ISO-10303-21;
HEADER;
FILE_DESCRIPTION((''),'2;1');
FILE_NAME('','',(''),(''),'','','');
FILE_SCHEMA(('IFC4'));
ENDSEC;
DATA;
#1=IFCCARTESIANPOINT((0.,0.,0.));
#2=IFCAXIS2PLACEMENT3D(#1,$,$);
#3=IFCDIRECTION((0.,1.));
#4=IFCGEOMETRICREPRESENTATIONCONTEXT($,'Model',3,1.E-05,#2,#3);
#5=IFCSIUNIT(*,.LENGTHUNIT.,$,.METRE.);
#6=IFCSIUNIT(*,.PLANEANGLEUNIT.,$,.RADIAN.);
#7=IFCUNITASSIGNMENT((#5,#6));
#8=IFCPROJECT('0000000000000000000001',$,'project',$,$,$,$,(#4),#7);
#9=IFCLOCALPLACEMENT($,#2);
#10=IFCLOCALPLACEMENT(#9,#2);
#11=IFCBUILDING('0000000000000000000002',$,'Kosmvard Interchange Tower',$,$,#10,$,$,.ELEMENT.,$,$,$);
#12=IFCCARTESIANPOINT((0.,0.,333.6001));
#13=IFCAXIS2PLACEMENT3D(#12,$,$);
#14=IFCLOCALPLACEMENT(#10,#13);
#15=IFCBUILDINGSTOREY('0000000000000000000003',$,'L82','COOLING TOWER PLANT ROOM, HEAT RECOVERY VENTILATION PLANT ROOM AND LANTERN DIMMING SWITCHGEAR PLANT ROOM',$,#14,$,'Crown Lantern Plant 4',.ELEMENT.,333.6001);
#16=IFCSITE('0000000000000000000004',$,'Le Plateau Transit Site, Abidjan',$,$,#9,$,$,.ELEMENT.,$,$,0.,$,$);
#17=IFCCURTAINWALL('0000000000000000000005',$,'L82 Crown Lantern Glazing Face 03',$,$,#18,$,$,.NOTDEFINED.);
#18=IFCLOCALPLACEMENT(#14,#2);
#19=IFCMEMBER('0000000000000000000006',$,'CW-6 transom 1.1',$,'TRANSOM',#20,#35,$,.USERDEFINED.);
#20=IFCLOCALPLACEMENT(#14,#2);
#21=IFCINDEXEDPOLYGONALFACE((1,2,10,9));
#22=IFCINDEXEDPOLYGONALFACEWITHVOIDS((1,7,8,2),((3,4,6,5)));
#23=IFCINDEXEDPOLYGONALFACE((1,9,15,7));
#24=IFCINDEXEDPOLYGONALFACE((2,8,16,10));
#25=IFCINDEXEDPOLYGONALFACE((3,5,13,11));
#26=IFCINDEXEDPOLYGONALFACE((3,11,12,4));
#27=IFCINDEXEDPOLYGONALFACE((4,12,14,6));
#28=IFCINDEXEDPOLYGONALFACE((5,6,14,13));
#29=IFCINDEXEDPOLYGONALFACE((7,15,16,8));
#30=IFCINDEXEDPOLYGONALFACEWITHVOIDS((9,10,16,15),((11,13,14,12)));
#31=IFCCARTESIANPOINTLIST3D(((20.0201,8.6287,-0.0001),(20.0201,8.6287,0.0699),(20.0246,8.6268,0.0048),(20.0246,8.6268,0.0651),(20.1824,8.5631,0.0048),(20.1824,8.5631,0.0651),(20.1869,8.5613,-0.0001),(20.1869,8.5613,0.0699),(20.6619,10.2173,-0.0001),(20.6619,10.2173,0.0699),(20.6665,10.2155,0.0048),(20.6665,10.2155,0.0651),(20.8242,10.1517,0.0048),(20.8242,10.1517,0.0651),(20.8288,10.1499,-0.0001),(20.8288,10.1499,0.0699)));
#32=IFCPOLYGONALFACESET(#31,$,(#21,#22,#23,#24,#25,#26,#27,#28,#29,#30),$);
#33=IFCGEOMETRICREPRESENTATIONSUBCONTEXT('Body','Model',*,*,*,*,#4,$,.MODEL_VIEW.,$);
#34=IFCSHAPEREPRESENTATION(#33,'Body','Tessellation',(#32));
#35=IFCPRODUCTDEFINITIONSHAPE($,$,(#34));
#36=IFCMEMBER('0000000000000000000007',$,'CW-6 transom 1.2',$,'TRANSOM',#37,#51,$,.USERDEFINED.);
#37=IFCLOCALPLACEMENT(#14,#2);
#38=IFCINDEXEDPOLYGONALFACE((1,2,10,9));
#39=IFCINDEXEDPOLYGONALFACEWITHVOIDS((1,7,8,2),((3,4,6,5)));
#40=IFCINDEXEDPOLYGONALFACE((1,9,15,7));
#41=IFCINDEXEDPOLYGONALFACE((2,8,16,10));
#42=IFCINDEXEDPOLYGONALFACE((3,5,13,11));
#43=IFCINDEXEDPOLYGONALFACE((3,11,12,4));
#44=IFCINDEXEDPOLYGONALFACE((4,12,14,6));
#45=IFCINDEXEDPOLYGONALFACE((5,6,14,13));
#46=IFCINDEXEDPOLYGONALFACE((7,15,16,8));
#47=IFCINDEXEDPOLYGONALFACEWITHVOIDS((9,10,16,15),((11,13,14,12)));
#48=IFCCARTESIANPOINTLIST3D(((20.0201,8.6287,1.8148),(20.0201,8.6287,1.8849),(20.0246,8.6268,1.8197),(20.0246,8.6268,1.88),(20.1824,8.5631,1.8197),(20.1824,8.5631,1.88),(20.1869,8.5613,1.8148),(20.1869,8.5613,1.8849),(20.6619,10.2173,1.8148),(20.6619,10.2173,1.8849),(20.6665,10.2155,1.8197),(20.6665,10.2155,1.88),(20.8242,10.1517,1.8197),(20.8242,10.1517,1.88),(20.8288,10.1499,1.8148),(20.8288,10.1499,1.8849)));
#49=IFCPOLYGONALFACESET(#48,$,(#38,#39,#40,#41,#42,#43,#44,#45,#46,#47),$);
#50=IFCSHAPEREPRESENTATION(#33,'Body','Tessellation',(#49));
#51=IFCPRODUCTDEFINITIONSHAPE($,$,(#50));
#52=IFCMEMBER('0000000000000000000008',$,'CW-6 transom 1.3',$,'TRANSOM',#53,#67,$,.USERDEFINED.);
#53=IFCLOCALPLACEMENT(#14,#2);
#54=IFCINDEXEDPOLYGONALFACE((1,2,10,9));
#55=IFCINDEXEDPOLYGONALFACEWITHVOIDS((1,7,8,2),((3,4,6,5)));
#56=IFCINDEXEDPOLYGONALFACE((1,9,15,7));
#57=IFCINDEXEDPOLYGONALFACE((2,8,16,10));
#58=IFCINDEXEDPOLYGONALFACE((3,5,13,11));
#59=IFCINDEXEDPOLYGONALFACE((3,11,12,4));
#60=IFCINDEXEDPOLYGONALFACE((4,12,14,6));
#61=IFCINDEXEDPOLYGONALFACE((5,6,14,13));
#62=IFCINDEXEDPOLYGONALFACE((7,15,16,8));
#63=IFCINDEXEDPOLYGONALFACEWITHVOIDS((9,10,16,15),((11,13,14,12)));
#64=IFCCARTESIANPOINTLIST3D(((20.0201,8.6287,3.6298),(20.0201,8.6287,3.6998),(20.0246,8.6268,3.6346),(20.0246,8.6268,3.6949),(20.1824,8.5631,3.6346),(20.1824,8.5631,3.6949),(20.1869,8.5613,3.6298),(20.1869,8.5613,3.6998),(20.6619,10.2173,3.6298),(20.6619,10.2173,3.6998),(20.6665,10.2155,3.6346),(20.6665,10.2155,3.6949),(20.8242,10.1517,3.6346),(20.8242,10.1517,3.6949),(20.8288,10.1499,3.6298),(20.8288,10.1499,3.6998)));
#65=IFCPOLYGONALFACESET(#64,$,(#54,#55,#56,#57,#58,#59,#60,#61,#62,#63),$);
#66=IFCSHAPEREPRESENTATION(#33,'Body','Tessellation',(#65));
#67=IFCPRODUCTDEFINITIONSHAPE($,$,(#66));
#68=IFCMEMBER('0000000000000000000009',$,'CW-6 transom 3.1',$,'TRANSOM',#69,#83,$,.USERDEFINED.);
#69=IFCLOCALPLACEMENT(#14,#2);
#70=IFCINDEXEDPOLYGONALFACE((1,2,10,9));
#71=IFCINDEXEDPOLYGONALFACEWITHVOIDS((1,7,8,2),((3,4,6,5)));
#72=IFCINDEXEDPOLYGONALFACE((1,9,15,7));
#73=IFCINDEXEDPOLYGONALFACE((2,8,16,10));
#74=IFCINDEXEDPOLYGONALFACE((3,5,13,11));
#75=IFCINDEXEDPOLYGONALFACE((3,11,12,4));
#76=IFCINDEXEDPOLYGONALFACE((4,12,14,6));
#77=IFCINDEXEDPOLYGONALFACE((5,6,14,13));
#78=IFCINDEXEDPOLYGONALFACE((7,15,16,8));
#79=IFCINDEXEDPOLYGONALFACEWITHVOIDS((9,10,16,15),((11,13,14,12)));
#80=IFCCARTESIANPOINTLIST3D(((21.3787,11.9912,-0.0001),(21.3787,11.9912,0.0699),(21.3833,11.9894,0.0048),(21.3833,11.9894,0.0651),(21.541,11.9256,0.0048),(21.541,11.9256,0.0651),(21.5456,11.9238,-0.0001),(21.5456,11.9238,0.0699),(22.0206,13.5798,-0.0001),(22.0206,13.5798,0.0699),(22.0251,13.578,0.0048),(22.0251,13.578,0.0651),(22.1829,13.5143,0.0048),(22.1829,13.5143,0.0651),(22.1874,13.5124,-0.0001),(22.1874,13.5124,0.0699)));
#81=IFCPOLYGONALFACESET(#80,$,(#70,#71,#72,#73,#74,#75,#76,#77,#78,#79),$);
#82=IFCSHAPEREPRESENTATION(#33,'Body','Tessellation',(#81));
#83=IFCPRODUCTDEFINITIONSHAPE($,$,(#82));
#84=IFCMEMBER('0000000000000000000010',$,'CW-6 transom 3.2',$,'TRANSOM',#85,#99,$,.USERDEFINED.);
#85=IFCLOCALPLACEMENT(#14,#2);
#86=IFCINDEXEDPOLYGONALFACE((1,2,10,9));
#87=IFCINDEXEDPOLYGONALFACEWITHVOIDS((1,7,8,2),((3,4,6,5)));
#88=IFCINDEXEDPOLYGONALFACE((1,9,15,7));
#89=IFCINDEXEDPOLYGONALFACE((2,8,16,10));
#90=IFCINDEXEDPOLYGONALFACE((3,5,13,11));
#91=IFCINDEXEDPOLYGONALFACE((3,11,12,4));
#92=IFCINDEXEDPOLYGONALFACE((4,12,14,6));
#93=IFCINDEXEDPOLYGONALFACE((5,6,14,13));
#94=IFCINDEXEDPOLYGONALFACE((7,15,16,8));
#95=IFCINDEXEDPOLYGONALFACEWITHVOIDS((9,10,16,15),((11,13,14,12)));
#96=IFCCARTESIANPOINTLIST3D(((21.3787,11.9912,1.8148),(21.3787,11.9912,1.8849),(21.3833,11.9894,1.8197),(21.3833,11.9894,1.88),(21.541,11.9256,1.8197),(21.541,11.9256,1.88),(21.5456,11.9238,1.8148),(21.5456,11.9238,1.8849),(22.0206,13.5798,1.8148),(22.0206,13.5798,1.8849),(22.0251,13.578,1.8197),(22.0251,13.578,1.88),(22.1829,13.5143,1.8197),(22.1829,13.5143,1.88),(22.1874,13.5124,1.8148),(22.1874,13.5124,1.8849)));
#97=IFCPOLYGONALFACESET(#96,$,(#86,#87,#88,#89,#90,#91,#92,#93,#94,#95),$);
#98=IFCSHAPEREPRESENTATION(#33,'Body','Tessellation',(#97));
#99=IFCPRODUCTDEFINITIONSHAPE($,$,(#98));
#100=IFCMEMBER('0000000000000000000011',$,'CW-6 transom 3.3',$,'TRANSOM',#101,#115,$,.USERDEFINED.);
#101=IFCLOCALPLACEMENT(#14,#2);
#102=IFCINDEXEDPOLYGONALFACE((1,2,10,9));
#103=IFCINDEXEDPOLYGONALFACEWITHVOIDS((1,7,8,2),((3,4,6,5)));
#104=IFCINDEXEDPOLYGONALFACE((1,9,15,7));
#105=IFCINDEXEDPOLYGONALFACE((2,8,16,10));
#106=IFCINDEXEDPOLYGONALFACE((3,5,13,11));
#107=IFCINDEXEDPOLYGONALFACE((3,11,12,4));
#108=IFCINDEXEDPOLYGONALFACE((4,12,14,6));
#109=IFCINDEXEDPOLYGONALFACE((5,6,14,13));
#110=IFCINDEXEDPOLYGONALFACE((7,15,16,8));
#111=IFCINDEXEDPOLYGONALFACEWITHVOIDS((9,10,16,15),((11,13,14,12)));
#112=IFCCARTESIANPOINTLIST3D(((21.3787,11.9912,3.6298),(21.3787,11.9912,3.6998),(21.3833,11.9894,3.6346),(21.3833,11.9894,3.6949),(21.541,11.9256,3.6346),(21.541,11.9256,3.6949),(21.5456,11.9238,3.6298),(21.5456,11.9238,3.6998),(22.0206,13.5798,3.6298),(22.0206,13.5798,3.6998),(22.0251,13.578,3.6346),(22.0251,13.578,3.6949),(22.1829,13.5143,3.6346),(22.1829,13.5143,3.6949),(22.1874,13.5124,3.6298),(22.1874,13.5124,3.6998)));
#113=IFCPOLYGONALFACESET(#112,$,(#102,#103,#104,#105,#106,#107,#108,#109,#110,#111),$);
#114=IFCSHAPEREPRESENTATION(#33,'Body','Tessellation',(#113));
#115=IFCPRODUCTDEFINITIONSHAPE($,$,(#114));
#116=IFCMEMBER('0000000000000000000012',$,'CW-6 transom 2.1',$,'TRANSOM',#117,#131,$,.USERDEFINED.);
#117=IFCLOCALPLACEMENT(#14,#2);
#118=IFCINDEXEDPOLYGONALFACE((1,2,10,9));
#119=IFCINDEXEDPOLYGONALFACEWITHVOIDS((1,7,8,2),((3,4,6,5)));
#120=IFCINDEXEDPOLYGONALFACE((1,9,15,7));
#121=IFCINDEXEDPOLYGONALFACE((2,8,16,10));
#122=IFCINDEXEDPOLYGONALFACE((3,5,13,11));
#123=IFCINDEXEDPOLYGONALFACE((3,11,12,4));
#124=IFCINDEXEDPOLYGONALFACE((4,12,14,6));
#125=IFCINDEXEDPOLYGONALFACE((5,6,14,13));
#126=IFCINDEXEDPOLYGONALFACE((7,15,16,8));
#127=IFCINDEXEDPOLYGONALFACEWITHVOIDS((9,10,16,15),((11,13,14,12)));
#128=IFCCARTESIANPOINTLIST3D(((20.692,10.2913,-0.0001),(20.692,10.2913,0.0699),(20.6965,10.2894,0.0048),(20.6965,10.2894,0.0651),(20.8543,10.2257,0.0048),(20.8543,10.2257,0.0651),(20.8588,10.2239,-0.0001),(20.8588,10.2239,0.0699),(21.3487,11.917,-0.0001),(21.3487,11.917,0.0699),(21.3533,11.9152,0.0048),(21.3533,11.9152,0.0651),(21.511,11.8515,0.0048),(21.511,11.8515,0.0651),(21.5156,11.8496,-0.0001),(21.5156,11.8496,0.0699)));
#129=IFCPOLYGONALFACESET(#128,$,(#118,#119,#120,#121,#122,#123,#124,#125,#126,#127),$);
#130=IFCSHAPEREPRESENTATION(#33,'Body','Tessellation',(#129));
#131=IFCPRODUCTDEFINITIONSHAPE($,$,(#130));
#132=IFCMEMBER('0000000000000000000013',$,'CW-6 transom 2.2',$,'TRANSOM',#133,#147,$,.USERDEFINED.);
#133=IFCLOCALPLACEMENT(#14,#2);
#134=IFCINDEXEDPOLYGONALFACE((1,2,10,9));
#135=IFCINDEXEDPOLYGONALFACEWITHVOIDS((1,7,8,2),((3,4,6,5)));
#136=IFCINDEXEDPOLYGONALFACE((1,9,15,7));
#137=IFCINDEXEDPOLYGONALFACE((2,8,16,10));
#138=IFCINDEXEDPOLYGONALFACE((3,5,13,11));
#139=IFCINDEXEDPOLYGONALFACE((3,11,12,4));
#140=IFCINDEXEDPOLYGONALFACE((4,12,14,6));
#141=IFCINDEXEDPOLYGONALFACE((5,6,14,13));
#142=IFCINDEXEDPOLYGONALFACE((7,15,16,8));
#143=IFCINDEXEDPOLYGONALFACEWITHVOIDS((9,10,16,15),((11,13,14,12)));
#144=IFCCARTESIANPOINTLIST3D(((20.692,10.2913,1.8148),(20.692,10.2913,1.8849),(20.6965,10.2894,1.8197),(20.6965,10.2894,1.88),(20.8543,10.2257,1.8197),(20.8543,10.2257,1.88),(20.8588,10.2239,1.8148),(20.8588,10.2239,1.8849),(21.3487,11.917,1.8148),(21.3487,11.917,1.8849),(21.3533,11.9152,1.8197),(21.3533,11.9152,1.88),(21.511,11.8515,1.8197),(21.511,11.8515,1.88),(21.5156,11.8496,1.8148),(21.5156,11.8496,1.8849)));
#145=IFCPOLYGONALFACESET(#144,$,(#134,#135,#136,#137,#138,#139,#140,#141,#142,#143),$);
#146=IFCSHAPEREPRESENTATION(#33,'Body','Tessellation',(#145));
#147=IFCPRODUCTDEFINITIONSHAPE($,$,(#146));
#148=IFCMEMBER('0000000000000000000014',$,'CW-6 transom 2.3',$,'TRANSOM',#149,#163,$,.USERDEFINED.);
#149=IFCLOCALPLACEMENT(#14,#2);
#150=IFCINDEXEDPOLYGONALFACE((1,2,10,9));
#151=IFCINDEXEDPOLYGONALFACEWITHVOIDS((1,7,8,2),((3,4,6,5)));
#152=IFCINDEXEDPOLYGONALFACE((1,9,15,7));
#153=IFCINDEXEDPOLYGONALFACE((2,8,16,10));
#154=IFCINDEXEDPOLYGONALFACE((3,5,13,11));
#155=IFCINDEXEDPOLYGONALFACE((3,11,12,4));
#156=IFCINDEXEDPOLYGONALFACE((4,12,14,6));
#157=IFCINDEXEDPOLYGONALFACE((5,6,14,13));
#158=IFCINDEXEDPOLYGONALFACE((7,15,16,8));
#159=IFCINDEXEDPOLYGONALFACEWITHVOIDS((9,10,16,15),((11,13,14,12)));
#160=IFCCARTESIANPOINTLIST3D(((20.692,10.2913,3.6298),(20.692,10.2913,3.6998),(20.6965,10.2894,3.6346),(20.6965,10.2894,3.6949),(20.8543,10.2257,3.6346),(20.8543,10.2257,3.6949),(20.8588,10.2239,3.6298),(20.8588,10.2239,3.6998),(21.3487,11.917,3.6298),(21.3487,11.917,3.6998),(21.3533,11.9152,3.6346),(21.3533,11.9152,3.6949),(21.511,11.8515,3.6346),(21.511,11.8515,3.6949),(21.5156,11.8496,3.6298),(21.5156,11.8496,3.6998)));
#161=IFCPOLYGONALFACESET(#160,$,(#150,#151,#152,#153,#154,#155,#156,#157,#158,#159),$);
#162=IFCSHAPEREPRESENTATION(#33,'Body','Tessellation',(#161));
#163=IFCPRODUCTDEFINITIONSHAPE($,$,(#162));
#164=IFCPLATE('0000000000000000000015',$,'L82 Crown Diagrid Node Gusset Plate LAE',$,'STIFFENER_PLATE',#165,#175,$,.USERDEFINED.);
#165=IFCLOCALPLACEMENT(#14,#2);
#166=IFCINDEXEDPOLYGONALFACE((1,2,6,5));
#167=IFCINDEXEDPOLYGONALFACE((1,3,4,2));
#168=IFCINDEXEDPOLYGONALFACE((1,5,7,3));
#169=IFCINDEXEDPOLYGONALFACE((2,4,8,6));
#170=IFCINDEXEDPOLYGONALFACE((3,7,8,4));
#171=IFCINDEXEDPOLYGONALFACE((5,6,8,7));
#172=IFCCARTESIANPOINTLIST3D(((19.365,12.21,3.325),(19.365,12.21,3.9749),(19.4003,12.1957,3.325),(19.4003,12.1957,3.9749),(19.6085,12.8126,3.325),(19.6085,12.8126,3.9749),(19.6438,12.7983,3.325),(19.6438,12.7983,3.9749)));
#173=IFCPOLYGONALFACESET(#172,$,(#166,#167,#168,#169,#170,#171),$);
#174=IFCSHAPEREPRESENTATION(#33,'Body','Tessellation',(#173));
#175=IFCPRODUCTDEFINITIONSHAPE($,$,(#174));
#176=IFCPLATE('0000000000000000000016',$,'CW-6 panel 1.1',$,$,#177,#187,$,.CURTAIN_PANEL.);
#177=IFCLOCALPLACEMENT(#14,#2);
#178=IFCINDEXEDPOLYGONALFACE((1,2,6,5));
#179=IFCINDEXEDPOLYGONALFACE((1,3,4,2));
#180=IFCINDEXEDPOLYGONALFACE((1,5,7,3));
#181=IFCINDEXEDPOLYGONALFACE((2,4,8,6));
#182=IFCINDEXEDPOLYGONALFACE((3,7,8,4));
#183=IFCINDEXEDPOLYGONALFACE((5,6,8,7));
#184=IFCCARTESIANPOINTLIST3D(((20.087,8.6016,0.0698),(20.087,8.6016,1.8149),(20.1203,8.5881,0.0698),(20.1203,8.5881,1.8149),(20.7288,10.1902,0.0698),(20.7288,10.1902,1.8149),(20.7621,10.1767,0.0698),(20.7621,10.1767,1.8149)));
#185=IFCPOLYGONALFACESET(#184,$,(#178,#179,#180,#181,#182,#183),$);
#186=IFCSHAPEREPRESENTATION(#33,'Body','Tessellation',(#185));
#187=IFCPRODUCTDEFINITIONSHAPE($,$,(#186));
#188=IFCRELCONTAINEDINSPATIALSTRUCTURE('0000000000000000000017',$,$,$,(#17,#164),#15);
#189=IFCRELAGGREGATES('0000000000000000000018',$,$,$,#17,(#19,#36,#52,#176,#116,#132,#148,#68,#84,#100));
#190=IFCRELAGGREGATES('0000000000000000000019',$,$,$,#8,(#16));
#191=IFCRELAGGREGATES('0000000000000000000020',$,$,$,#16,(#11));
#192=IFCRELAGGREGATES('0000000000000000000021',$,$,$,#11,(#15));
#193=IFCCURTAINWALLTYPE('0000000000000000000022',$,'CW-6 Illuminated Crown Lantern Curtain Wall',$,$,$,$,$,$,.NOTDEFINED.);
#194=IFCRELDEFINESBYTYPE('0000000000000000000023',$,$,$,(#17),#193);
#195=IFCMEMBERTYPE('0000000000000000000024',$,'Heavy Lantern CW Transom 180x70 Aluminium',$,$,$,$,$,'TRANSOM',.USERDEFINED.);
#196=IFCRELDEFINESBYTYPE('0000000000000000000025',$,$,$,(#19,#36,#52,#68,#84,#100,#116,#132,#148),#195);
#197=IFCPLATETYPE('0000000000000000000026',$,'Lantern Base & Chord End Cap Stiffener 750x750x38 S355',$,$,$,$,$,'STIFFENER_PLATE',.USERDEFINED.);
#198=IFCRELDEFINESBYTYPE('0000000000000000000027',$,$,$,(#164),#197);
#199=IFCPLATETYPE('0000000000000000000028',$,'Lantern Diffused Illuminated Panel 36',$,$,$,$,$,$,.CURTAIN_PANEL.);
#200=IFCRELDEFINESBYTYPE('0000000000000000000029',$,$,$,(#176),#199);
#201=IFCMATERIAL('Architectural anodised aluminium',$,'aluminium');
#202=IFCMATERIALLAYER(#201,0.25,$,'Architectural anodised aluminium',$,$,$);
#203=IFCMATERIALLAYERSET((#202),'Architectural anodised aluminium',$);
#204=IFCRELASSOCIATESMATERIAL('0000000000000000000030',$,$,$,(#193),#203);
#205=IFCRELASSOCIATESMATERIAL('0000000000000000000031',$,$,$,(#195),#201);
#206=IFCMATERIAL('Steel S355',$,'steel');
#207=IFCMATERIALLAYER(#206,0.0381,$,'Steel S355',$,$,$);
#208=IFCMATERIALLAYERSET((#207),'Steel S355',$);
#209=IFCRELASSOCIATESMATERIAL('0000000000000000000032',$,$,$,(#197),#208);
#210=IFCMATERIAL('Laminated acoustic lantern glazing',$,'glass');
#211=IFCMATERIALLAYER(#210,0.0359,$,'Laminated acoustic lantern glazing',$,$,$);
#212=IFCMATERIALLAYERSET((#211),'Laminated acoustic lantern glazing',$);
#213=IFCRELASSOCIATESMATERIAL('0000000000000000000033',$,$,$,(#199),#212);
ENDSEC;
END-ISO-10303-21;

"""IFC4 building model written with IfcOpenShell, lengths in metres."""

from ifc_helpers import new_model, si_unit, direction, frame, origin, origin_2d, place, context, subcontext, project, spatial, rectangle, hollow_rectangle, extrude, source, transform, mapped, material, layer, layer_set, material_profile, profile_set, type_object, element, aggregate, save


model = new_model("IFC4")

# Units and contexts
model_context = context("Model", 3, precision=1e-05, world=origin(), true_north=direction((0.0, 1.0)))
body_context = subcontext(model_context, "Body", "Model", "MODEL_VIEW")
ifc_project = project(units=[si_unit("LENGTHUNIT", "METRE"), si_unit("PLANEANGLEUNIT", "RADIAN")], contexts=[model_context])

# Site, building, storey
site_placement = place(None, origin())
site = spatial("IfcSite", under=ifc_project, at=site_placement, Name="Le Plateau Transit Site, Abidjan", CompositionType="ELEMENT", RefElevation=0.0)
building_placement = place(site_placement, origin())
building = spatial("IfcBuilding", under=site, at=building_placement, Name="Kosmvard Interchange Tower", CompositionType="ELEMENT")
storey_placement = place(building_placement, frame((0.0, 0.0, 333.6001)))
storey = spatial("IfcBuildingStorey", under=building, at=storey_placement, Name="L82", Description="COOLING TOWER PLANT ROOM, HEAT RECOVERY VENTILATION PLANT ROOM AND LANTERN DIMMING SWITCHGEAR PLANT ROOM", LongName="Crown Lantern Plant 4", CompositionType="ELEMENT", Elevation=333.6001)

# Shared definitions
ifc_material_1 = material(Name="Steel S355", Category="steel")

# Curtain wall, members
ifc_material_2 = material(Name="Architectural anodised aluminium", Category="aluminium")
ifc_layer_1 = layer(ifc_material_2, 0.25, Name="Architectural anodised aluminium")
ifc_layer_set_1 = layer_set([ifc_layer_1], Name="Architectural anodised aluminium")
curtain_wall_type = type_object("IfcCurtainWallType", Name="CW-6 Illuminated Crown Lantern Curtain Wall", PredefinedType="NOTDEFINED", material=ifc_layer_set_1)
curtain_wall_placement = place(storey_placement, origin())
curtain_wall = element("IfcCurtainWall", 1, at=curtain_wall_placement, inside=storey, type_object=curtain_wall_type, Name="L82 Crown Lantern Glazing Face 03", PredefinedType="NOTDEFINED")
ifc_material_profile_1 = material_profile(ifc_material_2, hollow_rectangle(XDim=0.1799, YDim=0.0701, WallThickness=0.0049, at=origin_2d()), Name="CWT 180x70x5")
ifc_profile_set_1 = profile_set([ifc_material_profile_1], Name="Architectural anodised aluminium")
member_type_1 = type_object("IfcMemberType", Name="Heavy Lantern CW Transom 180x70 Aluminium", ElementType="TRANSOM", PredefinedType="USERDEFINED", material=ifc_profile_set_1)
shared_shape_1 = source(origin(), body_context, "Body", "SweptSolid", [
    extrude(hollow_rectangle(XDim=0.1799, YDim=0.0701, WallThickness=0.0049, at=origin_2d()), origin(), (0.0, 0.0, 1.0), 1.7134),
])
member_1_placement = place(storey_placement, frame((20.1035, 8.595, 0.0349), z_axis=(0.374607, 0.927184, 0.0), x_axis=(-0.927184, 0.374607, 0.0)))
member_1 = element("IfcMember", 2, at=member_1_placement, type_object=member_type_1, Name="CW-6 transom 1.1", ObjectType="TRANSOM", PredefinedType="USERDEFINED", context=body_context, shape_type="MappedRepresentation", body=[
    mapped(shared_shape_1, transform((0.0, 0.0, 0.0), scale=1.0)),
])
member_2_placement = place(storey_placement, frame((20.1035, 8.595, 1.8499), z_axis=(0.374607, 0.927184, 0.0), x_axis=(-0.927184, 0.374607, 0.0)))
member_2 = element("IfcMember", 3, at=member_2_placement, type_object=member_type_1, Name="CW-6 transom 1.2", ObjectType="TRANSOM", PredefinedType="USERDEFINED", context=body_context, shape_type="MappedRepresentation", body=[
    mapped(shared_shape_1, transform((0.0, 0.0, 0.0), scale=1.0)),
])
member_3_placement = place(storey_placement, frame((20.1035, 8.595, 3.6648), z_axis=(0.374607, 0.927184, 0.0), x_axis=(-0.927184, 0.374607, 0.0)))
member_3 = element("IfcMember", 4, at=member_3_placement, type_object=member_type_1, Name="CW-6 transom 1.3", ObjectType="TRANSOM", PredefinedType="USERDEFINED", context=body_context, shape_type="MappedRepresentation", body=[
    mapped(shared_shape_1, transform((0.0, 0.0, 0.0), scale=1.0)),
])
member_4_placement = place(storey_placement, frame((21.4622, 11.9575, 0.0349), z_axis=(0.374607, 0.927184, 0.0), x_axis=(-0.927184, 0.374607, 0.0)))
member_4 = element("IfcMember", 5, at=member_4_placement, type_object=member_type_1, Name="CW-6 transom 3.1", ObjectType="TRANSOM", PredefinedType="USERDEFINED", context=body_context, shape_type="MappedRepresentation", body=[
    mapped(shared_shape_1, transform((0.0, 0.0, 0.0), scale=1.0)),
])
member_5_placement = place(storey_placement, frame((21.4622, 11.9575, 1.8499), z_axis=(0.374607, 0.927184, 0.0), x_axis=(-0.927184, 0.374607, 0.0)))
member_5 = element("IfcMember", 6, at=member_5_placement, type_object=member_type_1, Name="CW-6 transom 3.2", ObjectType="TRANSOM", PredefinedType="USERDEFINED", context=body_context, shape_type="MappedRepresentation", body=[
    mapped(shared_shape_1, transform((0.0, 0.0, 0.0), scale=1.0)),
])
member_6_placement = place(storey_placement, frame((21.4622, 11.9575, 3.6648), z_axis=(0.374607, 0.927184, 0.0), x_axis=(-0.927184, 0.374607, 0.0)))
member_6 = element("IfcMember", 7, at=member_6_placement, type_object=member_type_1, Name="CW-6 transom 3.3", ObjectType="TRANSOM", PredefinedType="USERDEFINED", context=body_context, shape_type="MappedRepresentation", body=[
    mapped(shared_shape_1, transform((0.0, 0.0, 0.0), scale=1.0)),
])
shared_shape_2 = source(origin(), body_context, "Body", "SweptSolid", [
    extrude(hollow_rectangle(XDim=0.1799, YDim=0.0701, WallThickness=0.0049, at=origin_2d()), origin(), (0.0, 0.0, 1.0), 1.7534),
])
member_7_placement = place(storey_placement, frame((20.7754, 10.2576, 0.0349), z_axis=(0.374557, 0.927204, 0.0), x_axis=(-0.927204, 0.374557, 0.0)))
member_7 = element("IfcMember", 8, at=member_7_placement, type_object=member_type_1, Name="CW-6 transom 2.1", ObjectType="TRANSOM", PredefinedType="USERDEFINED", context=body_context, shape_type="MappedRepresentation", body=[
    mapped(shared_shape_2, transform((0.0, 0.0, 0.0), scale=1.0)),
])
member_8_placement = place(storey_placement, frame((20.7754, 10.2576, 1.8499), z_axis=(0.374557, 0.927204, 0.0), x_axis=(-0.927204, 0.374557, 0.0)))
member_8 = element("IfcMember", 9, at=member_8_placement, type_object=member_type_1, Name="CW-6 transom 2.2", ObjectType="TRANSOM", PredefinedType="USERDEFINED", context=body_context, shape_type="MappedRepresentation", body=[
    mapped(shared_shape_2, transform((0.0, 0.0, 0.0), scale=1.0)),
])
member_9_placement = place(storey_placement, frame((20.7754, 10.2576, 3.6648), z_axis=(0.374557, 0.927204, 0.0), x_axis=(-0.927204, 0.374557, 0.0)))
member_9 = element("IfcMember", 10, at=member_9_placement, type_object=member_type_1, Name="CW-6 transom 2.3", ObjectType="TRANSOM", PredefinedType="USERDEFINED", context=body_context, shape_type="MappedRepresentation", body=[
    mapped(shared_shape_2, transform((0.0, 0.0, 0.0), scale=1.0)),
])

# Plates
ifc_layer_2 = layer(ifc_material_1, 0.0381, Name="Steel S355")
ifc_layer_set_2 = layer_set([ifc_layer_2], Name="Steel S355")
plate_type_1 = type_object("IfcPlateType", Name="Lantern Base & Chord End Cap Stiffener 750x750x38 S355", ElementType="STIFFENER_PLATE", PredefinedType="USERDEFINED", material=ifc_layer_set_2)
shared_shape_3 = source(origin(), body_context, "Body", "SweptSolid", [
    extrude(rectangle(XDim=0.6499, YDim=0.0381, at=origin_2d()), origin(), (0.0, 0.0, 1.0), 0.6499),
])
plate_1_placement = place(storey_placement, frame((19.5044, 12.5042, 3.325), z_axis=(0.0, 0.0, 1.0), x_axis=(0.374607, 0.927184, 0.0)))
element("IfcPlate", 11, at=plate_1_placement, inside=storey, type_object=plate_type_1, Name="L82 Crown Diagrid Node Gusset Plate LAE", ObjectType="STIFFENER_PLATE", PredefinedType="USERDEFINED", context=body_context, shape_type="MappedRepresentation", body=[
    mapped(shared_shape_3, transform((0.0, 0.0, 0.0), scale=1.0)),
])
ifc_material_3 = material(Name="Laminated acoustic lantern glazing", Category="glass")
ifc_layer_3 = layer(ifc_material_3, 0.0359, Name="Laminated acoustic lantern glazing")
ifc_layer_set_3 = layer_set([ifc_layer_3], Name="Laminated acoustic lantern glazing")
plate_type_2 = type_object("IfcPlateType", Name="Lantern Diffused Illuminated Panel 36", PredefinedType="CURTAIN_PANEL", material=ifc_layer_set_3)
shared_shape_4 = source(origin(), body_context, "Body", "SweptSolid", [
    extrude(rectangle(XDim=1.7134, YDim=0.0359, at=origin_2d()), origin(), (0.0, 0.0, 1.0), 1.7451),
])
plate_2_placement = place(storey_placement, frame((20.4246, 9.3892, 0.0698), z_axis=(0.0, 0.0, 1.0), x_axis=(0.374607, 0.927184, 0.0)))
plate_2 = element("IfcPlate", 12, at=plate_2_placement, type_object=plate_type_2, Name="CW-6 panel 1.1", PredefinedType="CURTAIN_PANEL", context=body_context, shape_type="MappedRepresentation", body=[
    mapped(shared_shape_4, transform((0.0, 0.0, 0.0), scale=1.0)),
])
aggregate(curtain_wall, [member_1, member_2, member_3, plate_2, member_7, member_8, member_9, member_4, member_5, member_6])

save(model, "model.ifc")
